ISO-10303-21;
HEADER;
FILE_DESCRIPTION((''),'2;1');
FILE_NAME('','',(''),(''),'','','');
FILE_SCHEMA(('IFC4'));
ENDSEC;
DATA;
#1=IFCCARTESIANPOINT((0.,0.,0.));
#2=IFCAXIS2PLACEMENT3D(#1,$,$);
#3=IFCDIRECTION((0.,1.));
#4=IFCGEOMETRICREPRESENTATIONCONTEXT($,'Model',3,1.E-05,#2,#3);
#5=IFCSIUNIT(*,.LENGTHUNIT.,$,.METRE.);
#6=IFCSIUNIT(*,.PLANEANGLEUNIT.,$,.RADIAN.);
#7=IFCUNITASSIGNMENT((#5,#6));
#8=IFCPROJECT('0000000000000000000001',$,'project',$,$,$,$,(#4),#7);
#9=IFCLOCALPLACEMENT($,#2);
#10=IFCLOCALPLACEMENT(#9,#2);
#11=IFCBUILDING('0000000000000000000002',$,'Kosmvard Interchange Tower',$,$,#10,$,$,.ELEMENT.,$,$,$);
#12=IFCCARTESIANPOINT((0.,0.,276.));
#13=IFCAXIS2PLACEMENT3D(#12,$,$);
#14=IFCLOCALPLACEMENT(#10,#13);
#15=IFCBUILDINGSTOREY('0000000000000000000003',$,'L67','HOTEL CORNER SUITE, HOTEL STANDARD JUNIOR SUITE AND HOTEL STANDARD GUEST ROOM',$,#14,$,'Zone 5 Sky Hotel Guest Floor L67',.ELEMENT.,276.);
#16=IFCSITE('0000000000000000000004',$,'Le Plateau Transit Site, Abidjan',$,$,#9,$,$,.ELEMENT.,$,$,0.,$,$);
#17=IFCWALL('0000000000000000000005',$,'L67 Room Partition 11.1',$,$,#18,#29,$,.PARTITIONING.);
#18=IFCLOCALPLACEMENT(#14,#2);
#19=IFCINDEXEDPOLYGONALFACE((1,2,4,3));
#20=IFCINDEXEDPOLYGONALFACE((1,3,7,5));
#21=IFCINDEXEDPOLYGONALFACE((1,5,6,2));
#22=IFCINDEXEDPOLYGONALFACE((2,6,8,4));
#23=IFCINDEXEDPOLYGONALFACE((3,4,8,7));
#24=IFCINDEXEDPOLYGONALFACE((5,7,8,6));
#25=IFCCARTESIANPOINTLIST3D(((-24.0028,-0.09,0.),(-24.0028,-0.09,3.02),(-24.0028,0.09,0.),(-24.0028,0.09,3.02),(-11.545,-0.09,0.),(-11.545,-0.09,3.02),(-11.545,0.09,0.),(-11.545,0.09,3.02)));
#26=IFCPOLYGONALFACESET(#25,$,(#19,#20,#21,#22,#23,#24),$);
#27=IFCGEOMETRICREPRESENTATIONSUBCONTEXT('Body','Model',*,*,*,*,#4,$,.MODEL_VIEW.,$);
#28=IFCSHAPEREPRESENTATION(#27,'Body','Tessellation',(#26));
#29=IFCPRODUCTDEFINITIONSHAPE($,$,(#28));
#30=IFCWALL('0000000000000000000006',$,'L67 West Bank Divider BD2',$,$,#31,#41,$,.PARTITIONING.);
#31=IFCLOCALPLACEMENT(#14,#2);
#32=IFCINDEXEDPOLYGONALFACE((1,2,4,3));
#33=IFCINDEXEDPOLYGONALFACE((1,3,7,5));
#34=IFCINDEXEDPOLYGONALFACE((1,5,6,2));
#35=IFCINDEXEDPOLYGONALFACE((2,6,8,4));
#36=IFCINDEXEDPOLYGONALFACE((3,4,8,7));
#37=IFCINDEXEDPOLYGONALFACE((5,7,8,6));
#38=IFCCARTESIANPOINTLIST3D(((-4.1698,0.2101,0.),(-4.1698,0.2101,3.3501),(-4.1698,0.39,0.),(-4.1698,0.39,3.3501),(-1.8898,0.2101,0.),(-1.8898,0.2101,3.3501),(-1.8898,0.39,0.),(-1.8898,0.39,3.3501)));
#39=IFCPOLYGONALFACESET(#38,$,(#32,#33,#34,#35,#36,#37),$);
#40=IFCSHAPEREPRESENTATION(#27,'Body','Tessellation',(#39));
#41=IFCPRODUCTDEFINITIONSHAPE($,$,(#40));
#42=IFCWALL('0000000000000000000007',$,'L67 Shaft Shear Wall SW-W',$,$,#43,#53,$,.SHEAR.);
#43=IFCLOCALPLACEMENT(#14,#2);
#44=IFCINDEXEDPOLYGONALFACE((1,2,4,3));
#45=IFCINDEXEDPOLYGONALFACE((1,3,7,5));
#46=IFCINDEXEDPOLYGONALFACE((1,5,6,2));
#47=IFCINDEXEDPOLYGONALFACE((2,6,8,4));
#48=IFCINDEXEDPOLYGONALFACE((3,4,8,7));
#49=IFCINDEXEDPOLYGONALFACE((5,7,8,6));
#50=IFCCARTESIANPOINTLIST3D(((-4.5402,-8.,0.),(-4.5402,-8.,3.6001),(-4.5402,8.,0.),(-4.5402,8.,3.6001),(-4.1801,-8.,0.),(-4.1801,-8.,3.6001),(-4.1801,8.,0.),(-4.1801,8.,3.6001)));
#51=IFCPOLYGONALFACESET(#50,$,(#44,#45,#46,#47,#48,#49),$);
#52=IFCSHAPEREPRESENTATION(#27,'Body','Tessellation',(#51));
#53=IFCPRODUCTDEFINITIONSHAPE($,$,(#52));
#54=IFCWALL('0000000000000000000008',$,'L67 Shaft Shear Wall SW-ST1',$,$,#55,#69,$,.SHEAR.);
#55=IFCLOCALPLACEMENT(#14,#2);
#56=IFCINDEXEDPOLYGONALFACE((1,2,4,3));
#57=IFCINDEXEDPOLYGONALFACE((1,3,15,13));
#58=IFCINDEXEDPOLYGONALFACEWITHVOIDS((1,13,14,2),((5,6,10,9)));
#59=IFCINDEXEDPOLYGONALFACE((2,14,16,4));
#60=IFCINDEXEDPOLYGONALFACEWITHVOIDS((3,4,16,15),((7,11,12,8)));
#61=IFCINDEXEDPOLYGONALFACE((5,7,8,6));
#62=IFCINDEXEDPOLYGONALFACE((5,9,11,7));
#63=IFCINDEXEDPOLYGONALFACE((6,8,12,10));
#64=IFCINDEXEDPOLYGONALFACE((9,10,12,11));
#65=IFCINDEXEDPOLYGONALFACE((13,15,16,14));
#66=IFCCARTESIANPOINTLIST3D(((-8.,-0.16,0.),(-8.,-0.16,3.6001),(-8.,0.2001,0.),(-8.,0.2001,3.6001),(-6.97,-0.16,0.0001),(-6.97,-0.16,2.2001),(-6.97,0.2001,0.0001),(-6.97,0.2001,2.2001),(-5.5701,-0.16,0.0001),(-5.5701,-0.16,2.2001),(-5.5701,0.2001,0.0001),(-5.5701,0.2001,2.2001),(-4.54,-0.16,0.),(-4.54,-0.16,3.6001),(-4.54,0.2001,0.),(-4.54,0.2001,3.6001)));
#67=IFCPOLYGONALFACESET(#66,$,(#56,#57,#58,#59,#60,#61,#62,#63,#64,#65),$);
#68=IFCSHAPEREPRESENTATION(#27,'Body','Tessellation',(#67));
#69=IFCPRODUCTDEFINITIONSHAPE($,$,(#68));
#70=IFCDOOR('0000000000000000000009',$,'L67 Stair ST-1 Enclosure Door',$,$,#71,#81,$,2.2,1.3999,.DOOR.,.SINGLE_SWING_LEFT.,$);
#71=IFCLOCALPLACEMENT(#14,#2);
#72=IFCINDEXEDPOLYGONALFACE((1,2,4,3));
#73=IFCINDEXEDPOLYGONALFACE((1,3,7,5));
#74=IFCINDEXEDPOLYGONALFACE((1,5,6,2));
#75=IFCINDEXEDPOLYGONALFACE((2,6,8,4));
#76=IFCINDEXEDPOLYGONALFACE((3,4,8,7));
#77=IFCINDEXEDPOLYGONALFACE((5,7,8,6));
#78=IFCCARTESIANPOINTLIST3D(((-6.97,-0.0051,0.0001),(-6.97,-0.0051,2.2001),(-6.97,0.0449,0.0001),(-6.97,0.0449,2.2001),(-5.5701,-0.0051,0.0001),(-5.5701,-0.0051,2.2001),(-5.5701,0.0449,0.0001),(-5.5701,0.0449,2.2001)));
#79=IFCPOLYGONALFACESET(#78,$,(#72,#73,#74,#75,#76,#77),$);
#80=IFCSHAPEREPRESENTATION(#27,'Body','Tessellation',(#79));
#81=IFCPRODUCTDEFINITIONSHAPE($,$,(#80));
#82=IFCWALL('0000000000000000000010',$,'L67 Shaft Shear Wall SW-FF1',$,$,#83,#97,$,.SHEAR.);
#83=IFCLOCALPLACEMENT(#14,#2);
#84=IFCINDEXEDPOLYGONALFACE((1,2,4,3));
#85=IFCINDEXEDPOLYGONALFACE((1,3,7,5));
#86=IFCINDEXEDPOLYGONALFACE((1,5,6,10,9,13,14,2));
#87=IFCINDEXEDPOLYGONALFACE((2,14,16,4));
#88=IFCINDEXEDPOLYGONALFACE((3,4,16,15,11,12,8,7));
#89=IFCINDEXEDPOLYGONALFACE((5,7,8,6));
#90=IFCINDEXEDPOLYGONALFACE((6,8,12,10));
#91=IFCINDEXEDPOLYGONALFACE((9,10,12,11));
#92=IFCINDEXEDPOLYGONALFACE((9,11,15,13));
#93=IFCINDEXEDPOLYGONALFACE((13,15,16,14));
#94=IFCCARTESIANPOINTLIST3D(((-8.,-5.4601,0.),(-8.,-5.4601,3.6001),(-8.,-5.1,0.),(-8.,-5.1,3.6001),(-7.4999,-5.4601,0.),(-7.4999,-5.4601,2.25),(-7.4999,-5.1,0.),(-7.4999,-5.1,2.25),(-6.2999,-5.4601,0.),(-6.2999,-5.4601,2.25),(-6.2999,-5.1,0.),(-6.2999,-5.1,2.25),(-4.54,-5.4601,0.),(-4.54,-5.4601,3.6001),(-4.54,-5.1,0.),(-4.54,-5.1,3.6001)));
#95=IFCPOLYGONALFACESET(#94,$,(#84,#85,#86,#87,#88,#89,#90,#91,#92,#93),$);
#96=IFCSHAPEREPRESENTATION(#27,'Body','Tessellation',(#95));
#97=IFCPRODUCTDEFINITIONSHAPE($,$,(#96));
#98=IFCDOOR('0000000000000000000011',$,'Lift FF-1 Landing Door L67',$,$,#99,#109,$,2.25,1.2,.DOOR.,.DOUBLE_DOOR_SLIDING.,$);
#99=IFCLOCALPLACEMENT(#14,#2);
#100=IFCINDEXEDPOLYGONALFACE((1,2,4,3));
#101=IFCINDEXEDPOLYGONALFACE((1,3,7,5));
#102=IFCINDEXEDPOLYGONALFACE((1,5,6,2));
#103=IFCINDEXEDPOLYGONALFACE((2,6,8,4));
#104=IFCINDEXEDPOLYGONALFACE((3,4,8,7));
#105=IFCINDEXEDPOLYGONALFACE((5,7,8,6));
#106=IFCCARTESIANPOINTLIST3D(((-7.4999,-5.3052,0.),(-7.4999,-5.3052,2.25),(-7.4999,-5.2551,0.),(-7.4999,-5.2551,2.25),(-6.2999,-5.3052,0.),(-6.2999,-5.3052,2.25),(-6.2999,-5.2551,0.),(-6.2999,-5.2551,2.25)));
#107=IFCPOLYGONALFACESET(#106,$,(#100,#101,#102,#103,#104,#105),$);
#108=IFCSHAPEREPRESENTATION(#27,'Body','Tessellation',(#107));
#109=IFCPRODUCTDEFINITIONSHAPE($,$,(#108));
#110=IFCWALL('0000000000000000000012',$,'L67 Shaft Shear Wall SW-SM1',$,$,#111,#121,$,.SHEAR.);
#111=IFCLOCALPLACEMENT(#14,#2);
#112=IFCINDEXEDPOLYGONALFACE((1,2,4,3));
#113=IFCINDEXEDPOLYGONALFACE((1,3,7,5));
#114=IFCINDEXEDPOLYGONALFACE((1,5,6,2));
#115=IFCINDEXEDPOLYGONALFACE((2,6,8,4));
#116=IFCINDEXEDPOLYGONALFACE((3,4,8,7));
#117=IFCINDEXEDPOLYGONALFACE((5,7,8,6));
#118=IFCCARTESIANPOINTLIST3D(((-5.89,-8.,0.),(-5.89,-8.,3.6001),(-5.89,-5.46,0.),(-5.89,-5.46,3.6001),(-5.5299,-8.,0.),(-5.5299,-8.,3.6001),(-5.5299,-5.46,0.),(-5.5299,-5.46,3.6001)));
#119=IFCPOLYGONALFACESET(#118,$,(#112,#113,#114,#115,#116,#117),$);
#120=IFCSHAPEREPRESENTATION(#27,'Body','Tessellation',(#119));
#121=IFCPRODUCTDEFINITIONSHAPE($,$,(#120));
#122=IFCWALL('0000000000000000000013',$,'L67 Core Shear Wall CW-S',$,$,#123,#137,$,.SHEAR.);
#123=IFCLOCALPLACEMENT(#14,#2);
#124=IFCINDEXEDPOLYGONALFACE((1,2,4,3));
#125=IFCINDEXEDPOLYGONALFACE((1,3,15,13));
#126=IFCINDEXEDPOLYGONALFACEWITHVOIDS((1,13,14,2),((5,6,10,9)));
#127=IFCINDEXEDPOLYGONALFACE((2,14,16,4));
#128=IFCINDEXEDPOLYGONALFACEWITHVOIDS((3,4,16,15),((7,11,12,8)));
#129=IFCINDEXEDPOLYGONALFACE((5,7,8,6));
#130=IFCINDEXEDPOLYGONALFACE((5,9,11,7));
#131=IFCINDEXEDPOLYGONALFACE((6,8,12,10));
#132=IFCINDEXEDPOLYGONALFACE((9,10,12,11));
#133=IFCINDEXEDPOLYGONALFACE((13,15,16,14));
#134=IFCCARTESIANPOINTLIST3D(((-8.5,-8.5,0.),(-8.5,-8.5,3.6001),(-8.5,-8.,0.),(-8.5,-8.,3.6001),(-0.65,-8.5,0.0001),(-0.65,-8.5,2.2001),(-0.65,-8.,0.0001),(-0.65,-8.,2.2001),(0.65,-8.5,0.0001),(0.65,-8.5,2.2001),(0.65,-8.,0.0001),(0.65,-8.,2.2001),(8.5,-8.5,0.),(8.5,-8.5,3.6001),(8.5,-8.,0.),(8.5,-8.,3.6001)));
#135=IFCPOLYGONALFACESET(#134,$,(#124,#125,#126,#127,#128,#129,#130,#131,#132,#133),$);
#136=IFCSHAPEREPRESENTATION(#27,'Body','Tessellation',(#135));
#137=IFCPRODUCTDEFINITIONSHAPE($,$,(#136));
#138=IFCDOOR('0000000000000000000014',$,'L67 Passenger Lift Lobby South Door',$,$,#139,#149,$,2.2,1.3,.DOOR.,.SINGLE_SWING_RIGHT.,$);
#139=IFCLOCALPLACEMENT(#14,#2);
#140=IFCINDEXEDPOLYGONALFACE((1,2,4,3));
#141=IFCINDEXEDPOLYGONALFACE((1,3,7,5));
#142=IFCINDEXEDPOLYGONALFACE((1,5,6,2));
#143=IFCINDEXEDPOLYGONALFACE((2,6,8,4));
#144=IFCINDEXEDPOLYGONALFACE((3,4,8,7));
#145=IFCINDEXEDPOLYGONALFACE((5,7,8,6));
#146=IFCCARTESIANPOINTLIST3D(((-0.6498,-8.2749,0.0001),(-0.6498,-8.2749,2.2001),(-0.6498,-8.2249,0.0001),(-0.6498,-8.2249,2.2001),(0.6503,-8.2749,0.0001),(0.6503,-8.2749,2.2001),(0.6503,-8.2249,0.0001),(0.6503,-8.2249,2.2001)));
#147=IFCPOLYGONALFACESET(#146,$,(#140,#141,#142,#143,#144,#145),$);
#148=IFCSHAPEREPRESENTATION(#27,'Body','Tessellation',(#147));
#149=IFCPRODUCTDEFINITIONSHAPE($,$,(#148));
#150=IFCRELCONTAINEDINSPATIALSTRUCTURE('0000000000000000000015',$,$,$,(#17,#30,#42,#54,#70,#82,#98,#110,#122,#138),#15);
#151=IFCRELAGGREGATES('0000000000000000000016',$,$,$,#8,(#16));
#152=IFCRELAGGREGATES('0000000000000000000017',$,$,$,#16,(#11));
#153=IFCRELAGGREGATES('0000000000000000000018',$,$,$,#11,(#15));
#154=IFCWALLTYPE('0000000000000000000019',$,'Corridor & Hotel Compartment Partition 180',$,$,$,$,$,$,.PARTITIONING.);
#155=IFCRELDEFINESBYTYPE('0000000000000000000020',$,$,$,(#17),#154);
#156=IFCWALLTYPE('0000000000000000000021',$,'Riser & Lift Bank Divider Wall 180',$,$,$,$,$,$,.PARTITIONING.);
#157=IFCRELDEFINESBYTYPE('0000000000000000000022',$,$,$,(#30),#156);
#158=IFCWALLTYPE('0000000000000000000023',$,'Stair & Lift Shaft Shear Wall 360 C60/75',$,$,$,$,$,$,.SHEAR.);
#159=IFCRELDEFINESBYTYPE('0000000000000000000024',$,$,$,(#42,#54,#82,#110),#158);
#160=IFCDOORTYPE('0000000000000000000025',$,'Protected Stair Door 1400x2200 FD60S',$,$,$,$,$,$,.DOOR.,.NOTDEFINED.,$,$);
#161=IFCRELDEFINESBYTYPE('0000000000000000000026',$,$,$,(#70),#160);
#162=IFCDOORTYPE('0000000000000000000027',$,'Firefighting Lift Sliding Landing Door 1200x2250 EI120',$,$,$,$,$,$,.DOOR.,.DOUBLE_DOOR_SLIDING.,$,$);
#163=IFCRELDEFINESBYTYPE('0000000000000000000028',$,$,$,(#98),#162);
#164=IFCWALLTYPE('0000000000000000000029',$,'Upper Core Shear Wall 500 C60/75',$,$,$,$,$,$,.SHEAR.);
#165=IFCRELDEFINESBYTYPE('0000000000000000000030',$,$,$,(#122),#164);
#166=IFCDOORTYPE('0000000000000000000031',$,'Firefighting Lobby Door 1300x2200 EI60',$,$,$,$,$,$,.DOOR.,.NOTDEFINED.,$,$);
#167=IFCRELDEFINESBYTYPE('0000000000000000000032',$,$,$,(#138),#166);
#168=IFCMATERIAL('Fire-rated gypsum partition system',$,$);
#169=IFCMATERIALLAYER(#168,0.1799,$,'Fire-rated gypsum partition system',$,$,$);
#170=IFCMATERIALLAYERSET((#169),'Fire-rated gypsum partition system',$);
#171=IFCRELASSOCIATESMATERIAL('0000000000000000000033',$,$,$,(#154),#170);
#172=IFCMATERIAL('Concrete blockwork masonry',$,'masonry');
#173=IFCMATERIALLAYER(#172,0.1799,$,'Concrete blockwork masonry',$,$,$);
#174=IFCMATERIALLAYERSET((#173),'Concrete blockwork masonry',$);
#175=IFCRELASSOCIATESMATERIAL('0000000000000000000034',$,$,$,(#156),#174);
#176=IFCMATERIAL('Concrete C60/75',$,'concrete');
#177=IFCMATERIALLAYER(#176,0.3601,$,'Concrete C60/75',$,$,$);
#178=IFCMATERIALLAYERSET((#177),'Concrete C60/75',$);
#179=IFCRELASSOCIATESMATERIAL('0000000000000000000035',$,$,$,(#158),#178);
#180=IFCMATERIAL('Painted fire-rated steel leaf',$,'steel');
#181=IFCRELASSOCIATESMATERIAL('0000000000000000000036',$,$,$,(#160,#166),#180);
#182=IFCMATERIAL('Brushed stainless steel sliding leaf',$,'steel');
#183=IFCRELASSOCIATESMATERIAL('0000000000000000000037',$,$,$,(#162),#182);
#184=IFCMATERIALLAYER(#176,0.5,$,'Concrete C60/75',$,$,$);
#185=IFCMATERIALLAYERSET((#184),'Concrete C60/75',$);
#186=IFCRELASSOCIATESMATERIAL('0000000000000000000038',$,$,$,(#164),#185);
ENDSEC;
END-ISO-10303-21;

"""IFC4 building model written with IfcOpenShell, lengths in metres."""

from ifc_helpers import new_model, si_unit, direction, frame, frame_2d, origin, place, context, subcontext, project, spatial, rectangle, extrude, source, transform, mapped, material, layer, layer_set, type_object, element, fill, save


model = new_model("IFC4")

# Units and contexts
model_context = context("Model", 3, precision=1e-05, world=origin(), true_north=direction((0.0, 1.0)))
body_context = subcontext(model_context, "Body", "Model", "MODEL_VIEW")
ifc_project = project(units=[si_unit("LENGTHUNIT", "METRE"), si_unit("PLANEANGLEUNIT", "RADIAN")], contexts=[model_context])

# Site, building, storey
site_placement = place(None, origin())
site = spatial("IfcSite", under=ifc_project, at=site_placement, Name="Le Plateau Transit Site, Abidjan", CompositionType="ELEMENT", RefElevation=0.0)
building_placement = place(site_placement, origin())
building = spatial("IfcBuilding", under=site, at=building_placement, Name="Kosmvard Interchange Tower", CompositionType="ELEMENT")
storey_placement = place(building_placement, frame((0.0, 0.0, 276.0)))
storey = spatial("IfcBuildingStorey", under=building, at=storey_placement, Name="L67", Description="HOTEL CORNER SUITE, HOTEL STANDARD JUNIOR SUITE AND HOTEL STANDARD GUEST ROOM", LongName="Zone 5 Sky Hotel Guest Floor L67", CompositionType="ELEMENT", Elevation=276.0)

# Shared definitions
ifc_material_1 = material(Name="Fire-rated gypsum partition system")
ifc_layer_1 = layer(ifc_material_1, 0.1799, Name="Fire-rated gypsum partition system")
ifc_layer_set_1 = layer_set([ifc_layer_1], Name="Fire-rated gypsum partition system")
wall_type_1 = type_object("IfcWallType", Name="Corridor & Hotel Compartment Partition 180", PredefinedType="PARTITIONING", material=ifc_layer_set_1)
ifc_material_2 = material(Name="Painted fire-rated steel leaf", Category="steel")
ifc_material_3 = material(Name="Brushed stainless steel sliding leaf", Category="steel")

# Walls
wall_1_placement = place(storey_placement, frame((-11.5449, 0.0, 0.0), z_axis=(0.0, 0.0, 1.0), x_axis=(-1.0, 0.0, 0.0)))
element("IfcWall", 1, at=wall_1_placement, inside=storey, type_object=wall_type_1, Name="L67 Room Partition 11.1", PredefinedType="PARTITIONING", context=body_context, shape_type="SweptSolid", body=[
    extrude(rectangle(XDim=12.4578, YDim=0.1799, at=frame_2d((6.229, 0.0))), origin(), (0.0, 0.0, 1.0), 3.02),
])
ifc_material_4 = material(Name="Concrete blockwork masonry", Category="masonry")
ifc_layer_2 = layer(ifc_material_4, 0.1799, Name="Concrete blockwork masonry")
ifc_layer_set_2 = layer_set([ifc_layer_2], Name="Concrete blockwork masonry")
wall_type_2 = type_object("IfcWallType", Name="Riser & Lift Bank Divider Wall 180", PredefinedType="PARTITIONING", material=ifc_layer_set_2)
wall_2_placement = place(storey_placement, frame((-4.1699, 0.3, 0.0), z_axis=(0.0, 0.0, 1.0), x_axis=(1.0, 0.0, 0.0)))
element("IfcWall", 2, at=wall_2_placement, inside=storey, type_object=wall_type_2, Name="L67 West Bank Divider BD2", PredefinedType="PARTITIONING", context=body_context, shape_type="SweptSolid", body=[
    extrude(rectangle(XDim=2.28, YDim=0.1799, at=frame_2d((1.1401, 0.0))), origin(), (0.0, 0.0, 1.0), 3.3501),
])
ifc_material_5 = material(Name="Concrete C60/75", Category="concrete")
ifc_layer_3 = layer(ifc_material_5, 0.3601, Name="Concrete C60/75")
ifc_layer_set_3 = layer_set([ifc_layer_3], Name="Concrete C60/75")
wall_type_3 = type_object("IfcWallType", Name="Stair & Lift Shaft Shear Wall 360 C60/75", PredefinedType="SHEAR", material=ifc_layer_set_3)
wall_3_placement = place(storey_placement, frame((-4.3601, -8.0, 0.0), z_axis=(0.0, 0.0, 1.0), x_axis=(0.0, 1.0, 0.0)))
element("IfcWall", 3, at=wall_3_placement, inside=storey, type_object=wall_type_3, Name="L67 Shaft Shear Wall SW-W", PredefinedType="SHEAR", context=body_context, shape_type="SweptSolid", body=[
    extrude(rectangle(XDim=16.0, YDim=0.3601, at=frame_2d((8.0, 0.0))), origin(), (0.0, 0.0, 1.0), 3.6001),
])

# Walls, openings, doors
wall_4_placement = place(storey_placement, frame((-8.0, 0.02, 0.0), z_axis=(0.0, 0.0, 1.0), x_axis=(1.0, 0.0, 0.0)))
wall_4 = element("IfcWall", 4, at=wall_4_placement, inside=storey, type_object=wall_type_3, Name="L67 Shaft Shear Wall SW-ST1", PredefinedType="SHEAR", context=body_context, shape_type="SweptSolid", body=[
    extrude(rectangle(XDim=3.46, YDim=0.3601, at=frame_2d((1.73, 0.0))), origin(), (0.0, 0.0, 1.0), 3.6001),
])
opening_1_placement = place(wall_4_placement, frame((1.03, 0.0, 0.0)))
opening_1 = element("IfcOpeningElement", 5, at=opening_1_placement, cuts=wall_4, PredefinedType="OPENING", context=body_context, shape_type="SweptSolid", body=[
    extrude(rectangle(XDim=1.3999, YDim=2.2, at=frame_2d((0.7, 1.1001))), frame((0.0, 0.1899, 0.0), z_axis=(0.0, -1.0, 0.0), x_axis=(1.0, 0.0, 0.0)), (0.0, 0.0, 1.0), 0.3801),
])
door_type_1 = type_object("IfcDoorType", Name="Protected Stair Door 1400x2200 FD60S", OperationType="NOTDEFINED", PredefinedType="DOOR", material=ifc_material_2)
shared_shape_1 = source(origin(), body_context, "Body", "SweptSolid", [
    extrude(rectangle(XDim=1.3999, YDim=2.2, at=frame_2d((0.7, 1.1001))), frame((0.0, 0.0249, 0.0), z_axis=(0.0, -1.0, 0.0), x_axis=(1.0, 0.0, 0.0)), (0.0, 0.0, 1.0), 0.05),
])
door_1_placement = place(opening_1_placement, origin())
door_1 = element("IfcDoor", 6, at=door_1_placement, inside=storey, type_object=door_type_1, Name="L67 Stair ST-1 Enclosure Door", OperationType="SINGLE_SWING_LEFT", OverallHeight=2.2, OverallWidth=1.3999, PredefinedType="DOOR", context=body_context, shape_type="MappedRepresentation", body=[
    mapped(shared_shape_1, transform((0.0, 0.0, 0.0), scale=1.0)),
])
fill(opening_1, door_1)
wall_5_placement = place(storey_placement, frame((-8.0, -5.28, 0.0), z_axis=(0.0, 0.0, 1.0), x_axis=(1.0, 0.0, 0.0)))
wall_5 = element("IfcWall", 7, at=wall_5_placement, inside=storey, type_object=wall_type_3, Name="L67 Shaft Shear Wall SW-FF1", PredefinedType="SHEAR", context=body_context, shape_type="SweptSolid", body=[
    extrude(rectangle(XDim=3.46, YDim=0.3601, at=frame_2d((1.73, 0.0))), origin(), (0.0, 0.0, 1.0), 3.6001),
])
opening_2_placement = place(wall_5_placement, frame((0.5, 0.0, 0.0)))
opening_2 = element("IfcOpeningElement", 8, at=opening_2_placement, cuts=wall_5, PredefinedType="OPENING", context=body_context, shape_type="SweptSolid", body=[
    extrude(rectangle(XDim=1.2, YDim=2.25, at=frame_2d((0.6001, 1.125))), frame((0.0, 0.1899, 0.0), z_axis=(0.0, -1.0, 0.0), x_axis=(1.0, 0.0, 0.0)), (0.0, 0.0, 1.0), 0.3801),
])
door_type_2 = type_object("IfcDoorType", Name="Firefighting Lift Sliding Landing Door 1200x2250 EI120", OperationType="DOUBLE_DOOR_SLIDING", PredefinedType="DOOR", material=ifc_material_3)
shared_shape_2 = source(origin(), body_context, "Body", "SweptSolid", [
    extrude(rectangle(XDim=1.2, YDim=2.25, at=frame_2d((0.6001, 1.125))), frame((0.0, 0.0249, 0.0), z_axis=(0.0, -1.0, 0.0), x_axis=(1.0, 0.0, 0.0)), (0.0, 0.0, 1.0), 0.05),
])
door_2_placement = place(opening_2_placement, origin())
door_2 = element("IfcDoor", 9, at=door_2_placement, inside=storey, type_object=door_type_2, Name="Lift FF-1 Landing Door L67", OperationType="DOUBLE_DOOR_SLIDING", OverallHeight=2.25, OverallWidth=1.2, PredefinedType="DOOR", context=body_context, shape_type="MappedRepresentation", body=[
    mapped(shared_shape_2, transform((0.0, 0.0, 0.0), scale=1.0)),
])
fill(opening_2, door_2)

# Wall
wall_6_placement = place(storey_placement, frame((-5.71, -8.0, 0.0), z_axis=(0.0, 0.0, 1.0), x_axis=(0.0, 1.0, 0.0)))
element("IfcWall", 10, at=wall_6_placement, inside=storey, type_object=wall_type_3, Name="L67 Shaft Shear Wall SW-SM1", PredefinedType="SHEAR", context=body_context, shape_type="SweptSolid", body=[
    extrude(rectangle(XDim=2.54, YDim=0.3601, at=frame_2d((1.27, 0.0))), origin(), (0.0, 0.0, 1.0), 3.6001),
])

# Wall, opening, door
ifc_layer_4 = layer(ifc_material_5, 0.5, Name="Concrete C60/75")
ifc_layer_set_4 = layer_set([ifc_layer_4], Name="Concrete C60/75")
wall_type_4 = type_object("IfcWallType", Name="Upper Core Shear Wall 500 C60/75", PredefinedType="SHEAR", material=ifc_layer_set_4)
wall_7_placement = place(storey_placement, frame((-8.5, -8.25, 0.0), z_axis=(0.0, 0.0, 1.0), x_axis=(1.0, 0.0, 0.0)))
wall_7 = element("IfcWall", 11, at=wall_7_placement, inside=storey, type_object=wall_type_4, Name="L67 Core Shear Wall CW-S", PredefinedType="SHEAR", context=body_context, shape_type="SweptSolid", body=[
    extrude(rectangle(XDim=17.0, YDim=0.5, at=frame_2d((8.5, 0.0))), origin(), (0.0, 0.0, 1.0), 3.6001),
])
opening_3_placement = place(wall_7_placement, frame((7.8501, 0.0, 0.0)))
opening_3 = element("IfcOpeningElement", 12, at=opening_3_placement, cuts=wall_7, PredefinedType="OPENING", context=body_context, shape_type="SweptSolid", body=[
    extrude(rectangle(XDim=1.3, YDim=2.2, at=frame_2d((0.6499, 1.1001))), frame((0.0, 0.26, 0.0), z_axis=(0.0, -1.0, 0.0), x_axis=(1.0, 0.0, 0.0)), (0.0, 0.0, 1.0), 0.52),
])
door_type_3 = type_object("IfcDoorType", Name="Firefighting Lobby Door 1300x2200 EI60", OperationType="NOTDEFINED", PredefinedType="DOOR", material=ifc_material_2)
shared_shape_3 = source(origin(), body_context, "Body", "SweptSolid", [
    extrude(rectangle(XDim=1.3, YDim=2.2, at=frame_2d((0.6499, 1.1001))), frame((0.0, 0.0249, 0.0), z_axis=(0.0, -1.0, 0.0), x_axis=(1.0, 0.0, 0.0)), (0.0, 0.0, 1.0), 0.05),
])
door_3_placement = place(opening_3_placement, frame((1.3, 0.0, 0.0), z_axis=(0.0, 0.0, 1.0), x_axis=(-1.0, 0.0, 0.0)))
door_3 = element("IfcDoor", 13, at=door_3_placement, inside=storey, type_object=door_type_3, Name="L67 Passenger Lift Lobby South Door", OperationType="SINGLE_SWING_RIGHT", OverallHeight=2.2, OverallWidth=1.3, PredefinedType="DOOR", context=body_context, shape_type="MappedRepresentation", body=[
    mapped(shared_shape_3, transform((0.0, 0.0, 0.0), scale=1.0)),
])
fill(opening_3, door_3)

save(model, "model.ifc")
